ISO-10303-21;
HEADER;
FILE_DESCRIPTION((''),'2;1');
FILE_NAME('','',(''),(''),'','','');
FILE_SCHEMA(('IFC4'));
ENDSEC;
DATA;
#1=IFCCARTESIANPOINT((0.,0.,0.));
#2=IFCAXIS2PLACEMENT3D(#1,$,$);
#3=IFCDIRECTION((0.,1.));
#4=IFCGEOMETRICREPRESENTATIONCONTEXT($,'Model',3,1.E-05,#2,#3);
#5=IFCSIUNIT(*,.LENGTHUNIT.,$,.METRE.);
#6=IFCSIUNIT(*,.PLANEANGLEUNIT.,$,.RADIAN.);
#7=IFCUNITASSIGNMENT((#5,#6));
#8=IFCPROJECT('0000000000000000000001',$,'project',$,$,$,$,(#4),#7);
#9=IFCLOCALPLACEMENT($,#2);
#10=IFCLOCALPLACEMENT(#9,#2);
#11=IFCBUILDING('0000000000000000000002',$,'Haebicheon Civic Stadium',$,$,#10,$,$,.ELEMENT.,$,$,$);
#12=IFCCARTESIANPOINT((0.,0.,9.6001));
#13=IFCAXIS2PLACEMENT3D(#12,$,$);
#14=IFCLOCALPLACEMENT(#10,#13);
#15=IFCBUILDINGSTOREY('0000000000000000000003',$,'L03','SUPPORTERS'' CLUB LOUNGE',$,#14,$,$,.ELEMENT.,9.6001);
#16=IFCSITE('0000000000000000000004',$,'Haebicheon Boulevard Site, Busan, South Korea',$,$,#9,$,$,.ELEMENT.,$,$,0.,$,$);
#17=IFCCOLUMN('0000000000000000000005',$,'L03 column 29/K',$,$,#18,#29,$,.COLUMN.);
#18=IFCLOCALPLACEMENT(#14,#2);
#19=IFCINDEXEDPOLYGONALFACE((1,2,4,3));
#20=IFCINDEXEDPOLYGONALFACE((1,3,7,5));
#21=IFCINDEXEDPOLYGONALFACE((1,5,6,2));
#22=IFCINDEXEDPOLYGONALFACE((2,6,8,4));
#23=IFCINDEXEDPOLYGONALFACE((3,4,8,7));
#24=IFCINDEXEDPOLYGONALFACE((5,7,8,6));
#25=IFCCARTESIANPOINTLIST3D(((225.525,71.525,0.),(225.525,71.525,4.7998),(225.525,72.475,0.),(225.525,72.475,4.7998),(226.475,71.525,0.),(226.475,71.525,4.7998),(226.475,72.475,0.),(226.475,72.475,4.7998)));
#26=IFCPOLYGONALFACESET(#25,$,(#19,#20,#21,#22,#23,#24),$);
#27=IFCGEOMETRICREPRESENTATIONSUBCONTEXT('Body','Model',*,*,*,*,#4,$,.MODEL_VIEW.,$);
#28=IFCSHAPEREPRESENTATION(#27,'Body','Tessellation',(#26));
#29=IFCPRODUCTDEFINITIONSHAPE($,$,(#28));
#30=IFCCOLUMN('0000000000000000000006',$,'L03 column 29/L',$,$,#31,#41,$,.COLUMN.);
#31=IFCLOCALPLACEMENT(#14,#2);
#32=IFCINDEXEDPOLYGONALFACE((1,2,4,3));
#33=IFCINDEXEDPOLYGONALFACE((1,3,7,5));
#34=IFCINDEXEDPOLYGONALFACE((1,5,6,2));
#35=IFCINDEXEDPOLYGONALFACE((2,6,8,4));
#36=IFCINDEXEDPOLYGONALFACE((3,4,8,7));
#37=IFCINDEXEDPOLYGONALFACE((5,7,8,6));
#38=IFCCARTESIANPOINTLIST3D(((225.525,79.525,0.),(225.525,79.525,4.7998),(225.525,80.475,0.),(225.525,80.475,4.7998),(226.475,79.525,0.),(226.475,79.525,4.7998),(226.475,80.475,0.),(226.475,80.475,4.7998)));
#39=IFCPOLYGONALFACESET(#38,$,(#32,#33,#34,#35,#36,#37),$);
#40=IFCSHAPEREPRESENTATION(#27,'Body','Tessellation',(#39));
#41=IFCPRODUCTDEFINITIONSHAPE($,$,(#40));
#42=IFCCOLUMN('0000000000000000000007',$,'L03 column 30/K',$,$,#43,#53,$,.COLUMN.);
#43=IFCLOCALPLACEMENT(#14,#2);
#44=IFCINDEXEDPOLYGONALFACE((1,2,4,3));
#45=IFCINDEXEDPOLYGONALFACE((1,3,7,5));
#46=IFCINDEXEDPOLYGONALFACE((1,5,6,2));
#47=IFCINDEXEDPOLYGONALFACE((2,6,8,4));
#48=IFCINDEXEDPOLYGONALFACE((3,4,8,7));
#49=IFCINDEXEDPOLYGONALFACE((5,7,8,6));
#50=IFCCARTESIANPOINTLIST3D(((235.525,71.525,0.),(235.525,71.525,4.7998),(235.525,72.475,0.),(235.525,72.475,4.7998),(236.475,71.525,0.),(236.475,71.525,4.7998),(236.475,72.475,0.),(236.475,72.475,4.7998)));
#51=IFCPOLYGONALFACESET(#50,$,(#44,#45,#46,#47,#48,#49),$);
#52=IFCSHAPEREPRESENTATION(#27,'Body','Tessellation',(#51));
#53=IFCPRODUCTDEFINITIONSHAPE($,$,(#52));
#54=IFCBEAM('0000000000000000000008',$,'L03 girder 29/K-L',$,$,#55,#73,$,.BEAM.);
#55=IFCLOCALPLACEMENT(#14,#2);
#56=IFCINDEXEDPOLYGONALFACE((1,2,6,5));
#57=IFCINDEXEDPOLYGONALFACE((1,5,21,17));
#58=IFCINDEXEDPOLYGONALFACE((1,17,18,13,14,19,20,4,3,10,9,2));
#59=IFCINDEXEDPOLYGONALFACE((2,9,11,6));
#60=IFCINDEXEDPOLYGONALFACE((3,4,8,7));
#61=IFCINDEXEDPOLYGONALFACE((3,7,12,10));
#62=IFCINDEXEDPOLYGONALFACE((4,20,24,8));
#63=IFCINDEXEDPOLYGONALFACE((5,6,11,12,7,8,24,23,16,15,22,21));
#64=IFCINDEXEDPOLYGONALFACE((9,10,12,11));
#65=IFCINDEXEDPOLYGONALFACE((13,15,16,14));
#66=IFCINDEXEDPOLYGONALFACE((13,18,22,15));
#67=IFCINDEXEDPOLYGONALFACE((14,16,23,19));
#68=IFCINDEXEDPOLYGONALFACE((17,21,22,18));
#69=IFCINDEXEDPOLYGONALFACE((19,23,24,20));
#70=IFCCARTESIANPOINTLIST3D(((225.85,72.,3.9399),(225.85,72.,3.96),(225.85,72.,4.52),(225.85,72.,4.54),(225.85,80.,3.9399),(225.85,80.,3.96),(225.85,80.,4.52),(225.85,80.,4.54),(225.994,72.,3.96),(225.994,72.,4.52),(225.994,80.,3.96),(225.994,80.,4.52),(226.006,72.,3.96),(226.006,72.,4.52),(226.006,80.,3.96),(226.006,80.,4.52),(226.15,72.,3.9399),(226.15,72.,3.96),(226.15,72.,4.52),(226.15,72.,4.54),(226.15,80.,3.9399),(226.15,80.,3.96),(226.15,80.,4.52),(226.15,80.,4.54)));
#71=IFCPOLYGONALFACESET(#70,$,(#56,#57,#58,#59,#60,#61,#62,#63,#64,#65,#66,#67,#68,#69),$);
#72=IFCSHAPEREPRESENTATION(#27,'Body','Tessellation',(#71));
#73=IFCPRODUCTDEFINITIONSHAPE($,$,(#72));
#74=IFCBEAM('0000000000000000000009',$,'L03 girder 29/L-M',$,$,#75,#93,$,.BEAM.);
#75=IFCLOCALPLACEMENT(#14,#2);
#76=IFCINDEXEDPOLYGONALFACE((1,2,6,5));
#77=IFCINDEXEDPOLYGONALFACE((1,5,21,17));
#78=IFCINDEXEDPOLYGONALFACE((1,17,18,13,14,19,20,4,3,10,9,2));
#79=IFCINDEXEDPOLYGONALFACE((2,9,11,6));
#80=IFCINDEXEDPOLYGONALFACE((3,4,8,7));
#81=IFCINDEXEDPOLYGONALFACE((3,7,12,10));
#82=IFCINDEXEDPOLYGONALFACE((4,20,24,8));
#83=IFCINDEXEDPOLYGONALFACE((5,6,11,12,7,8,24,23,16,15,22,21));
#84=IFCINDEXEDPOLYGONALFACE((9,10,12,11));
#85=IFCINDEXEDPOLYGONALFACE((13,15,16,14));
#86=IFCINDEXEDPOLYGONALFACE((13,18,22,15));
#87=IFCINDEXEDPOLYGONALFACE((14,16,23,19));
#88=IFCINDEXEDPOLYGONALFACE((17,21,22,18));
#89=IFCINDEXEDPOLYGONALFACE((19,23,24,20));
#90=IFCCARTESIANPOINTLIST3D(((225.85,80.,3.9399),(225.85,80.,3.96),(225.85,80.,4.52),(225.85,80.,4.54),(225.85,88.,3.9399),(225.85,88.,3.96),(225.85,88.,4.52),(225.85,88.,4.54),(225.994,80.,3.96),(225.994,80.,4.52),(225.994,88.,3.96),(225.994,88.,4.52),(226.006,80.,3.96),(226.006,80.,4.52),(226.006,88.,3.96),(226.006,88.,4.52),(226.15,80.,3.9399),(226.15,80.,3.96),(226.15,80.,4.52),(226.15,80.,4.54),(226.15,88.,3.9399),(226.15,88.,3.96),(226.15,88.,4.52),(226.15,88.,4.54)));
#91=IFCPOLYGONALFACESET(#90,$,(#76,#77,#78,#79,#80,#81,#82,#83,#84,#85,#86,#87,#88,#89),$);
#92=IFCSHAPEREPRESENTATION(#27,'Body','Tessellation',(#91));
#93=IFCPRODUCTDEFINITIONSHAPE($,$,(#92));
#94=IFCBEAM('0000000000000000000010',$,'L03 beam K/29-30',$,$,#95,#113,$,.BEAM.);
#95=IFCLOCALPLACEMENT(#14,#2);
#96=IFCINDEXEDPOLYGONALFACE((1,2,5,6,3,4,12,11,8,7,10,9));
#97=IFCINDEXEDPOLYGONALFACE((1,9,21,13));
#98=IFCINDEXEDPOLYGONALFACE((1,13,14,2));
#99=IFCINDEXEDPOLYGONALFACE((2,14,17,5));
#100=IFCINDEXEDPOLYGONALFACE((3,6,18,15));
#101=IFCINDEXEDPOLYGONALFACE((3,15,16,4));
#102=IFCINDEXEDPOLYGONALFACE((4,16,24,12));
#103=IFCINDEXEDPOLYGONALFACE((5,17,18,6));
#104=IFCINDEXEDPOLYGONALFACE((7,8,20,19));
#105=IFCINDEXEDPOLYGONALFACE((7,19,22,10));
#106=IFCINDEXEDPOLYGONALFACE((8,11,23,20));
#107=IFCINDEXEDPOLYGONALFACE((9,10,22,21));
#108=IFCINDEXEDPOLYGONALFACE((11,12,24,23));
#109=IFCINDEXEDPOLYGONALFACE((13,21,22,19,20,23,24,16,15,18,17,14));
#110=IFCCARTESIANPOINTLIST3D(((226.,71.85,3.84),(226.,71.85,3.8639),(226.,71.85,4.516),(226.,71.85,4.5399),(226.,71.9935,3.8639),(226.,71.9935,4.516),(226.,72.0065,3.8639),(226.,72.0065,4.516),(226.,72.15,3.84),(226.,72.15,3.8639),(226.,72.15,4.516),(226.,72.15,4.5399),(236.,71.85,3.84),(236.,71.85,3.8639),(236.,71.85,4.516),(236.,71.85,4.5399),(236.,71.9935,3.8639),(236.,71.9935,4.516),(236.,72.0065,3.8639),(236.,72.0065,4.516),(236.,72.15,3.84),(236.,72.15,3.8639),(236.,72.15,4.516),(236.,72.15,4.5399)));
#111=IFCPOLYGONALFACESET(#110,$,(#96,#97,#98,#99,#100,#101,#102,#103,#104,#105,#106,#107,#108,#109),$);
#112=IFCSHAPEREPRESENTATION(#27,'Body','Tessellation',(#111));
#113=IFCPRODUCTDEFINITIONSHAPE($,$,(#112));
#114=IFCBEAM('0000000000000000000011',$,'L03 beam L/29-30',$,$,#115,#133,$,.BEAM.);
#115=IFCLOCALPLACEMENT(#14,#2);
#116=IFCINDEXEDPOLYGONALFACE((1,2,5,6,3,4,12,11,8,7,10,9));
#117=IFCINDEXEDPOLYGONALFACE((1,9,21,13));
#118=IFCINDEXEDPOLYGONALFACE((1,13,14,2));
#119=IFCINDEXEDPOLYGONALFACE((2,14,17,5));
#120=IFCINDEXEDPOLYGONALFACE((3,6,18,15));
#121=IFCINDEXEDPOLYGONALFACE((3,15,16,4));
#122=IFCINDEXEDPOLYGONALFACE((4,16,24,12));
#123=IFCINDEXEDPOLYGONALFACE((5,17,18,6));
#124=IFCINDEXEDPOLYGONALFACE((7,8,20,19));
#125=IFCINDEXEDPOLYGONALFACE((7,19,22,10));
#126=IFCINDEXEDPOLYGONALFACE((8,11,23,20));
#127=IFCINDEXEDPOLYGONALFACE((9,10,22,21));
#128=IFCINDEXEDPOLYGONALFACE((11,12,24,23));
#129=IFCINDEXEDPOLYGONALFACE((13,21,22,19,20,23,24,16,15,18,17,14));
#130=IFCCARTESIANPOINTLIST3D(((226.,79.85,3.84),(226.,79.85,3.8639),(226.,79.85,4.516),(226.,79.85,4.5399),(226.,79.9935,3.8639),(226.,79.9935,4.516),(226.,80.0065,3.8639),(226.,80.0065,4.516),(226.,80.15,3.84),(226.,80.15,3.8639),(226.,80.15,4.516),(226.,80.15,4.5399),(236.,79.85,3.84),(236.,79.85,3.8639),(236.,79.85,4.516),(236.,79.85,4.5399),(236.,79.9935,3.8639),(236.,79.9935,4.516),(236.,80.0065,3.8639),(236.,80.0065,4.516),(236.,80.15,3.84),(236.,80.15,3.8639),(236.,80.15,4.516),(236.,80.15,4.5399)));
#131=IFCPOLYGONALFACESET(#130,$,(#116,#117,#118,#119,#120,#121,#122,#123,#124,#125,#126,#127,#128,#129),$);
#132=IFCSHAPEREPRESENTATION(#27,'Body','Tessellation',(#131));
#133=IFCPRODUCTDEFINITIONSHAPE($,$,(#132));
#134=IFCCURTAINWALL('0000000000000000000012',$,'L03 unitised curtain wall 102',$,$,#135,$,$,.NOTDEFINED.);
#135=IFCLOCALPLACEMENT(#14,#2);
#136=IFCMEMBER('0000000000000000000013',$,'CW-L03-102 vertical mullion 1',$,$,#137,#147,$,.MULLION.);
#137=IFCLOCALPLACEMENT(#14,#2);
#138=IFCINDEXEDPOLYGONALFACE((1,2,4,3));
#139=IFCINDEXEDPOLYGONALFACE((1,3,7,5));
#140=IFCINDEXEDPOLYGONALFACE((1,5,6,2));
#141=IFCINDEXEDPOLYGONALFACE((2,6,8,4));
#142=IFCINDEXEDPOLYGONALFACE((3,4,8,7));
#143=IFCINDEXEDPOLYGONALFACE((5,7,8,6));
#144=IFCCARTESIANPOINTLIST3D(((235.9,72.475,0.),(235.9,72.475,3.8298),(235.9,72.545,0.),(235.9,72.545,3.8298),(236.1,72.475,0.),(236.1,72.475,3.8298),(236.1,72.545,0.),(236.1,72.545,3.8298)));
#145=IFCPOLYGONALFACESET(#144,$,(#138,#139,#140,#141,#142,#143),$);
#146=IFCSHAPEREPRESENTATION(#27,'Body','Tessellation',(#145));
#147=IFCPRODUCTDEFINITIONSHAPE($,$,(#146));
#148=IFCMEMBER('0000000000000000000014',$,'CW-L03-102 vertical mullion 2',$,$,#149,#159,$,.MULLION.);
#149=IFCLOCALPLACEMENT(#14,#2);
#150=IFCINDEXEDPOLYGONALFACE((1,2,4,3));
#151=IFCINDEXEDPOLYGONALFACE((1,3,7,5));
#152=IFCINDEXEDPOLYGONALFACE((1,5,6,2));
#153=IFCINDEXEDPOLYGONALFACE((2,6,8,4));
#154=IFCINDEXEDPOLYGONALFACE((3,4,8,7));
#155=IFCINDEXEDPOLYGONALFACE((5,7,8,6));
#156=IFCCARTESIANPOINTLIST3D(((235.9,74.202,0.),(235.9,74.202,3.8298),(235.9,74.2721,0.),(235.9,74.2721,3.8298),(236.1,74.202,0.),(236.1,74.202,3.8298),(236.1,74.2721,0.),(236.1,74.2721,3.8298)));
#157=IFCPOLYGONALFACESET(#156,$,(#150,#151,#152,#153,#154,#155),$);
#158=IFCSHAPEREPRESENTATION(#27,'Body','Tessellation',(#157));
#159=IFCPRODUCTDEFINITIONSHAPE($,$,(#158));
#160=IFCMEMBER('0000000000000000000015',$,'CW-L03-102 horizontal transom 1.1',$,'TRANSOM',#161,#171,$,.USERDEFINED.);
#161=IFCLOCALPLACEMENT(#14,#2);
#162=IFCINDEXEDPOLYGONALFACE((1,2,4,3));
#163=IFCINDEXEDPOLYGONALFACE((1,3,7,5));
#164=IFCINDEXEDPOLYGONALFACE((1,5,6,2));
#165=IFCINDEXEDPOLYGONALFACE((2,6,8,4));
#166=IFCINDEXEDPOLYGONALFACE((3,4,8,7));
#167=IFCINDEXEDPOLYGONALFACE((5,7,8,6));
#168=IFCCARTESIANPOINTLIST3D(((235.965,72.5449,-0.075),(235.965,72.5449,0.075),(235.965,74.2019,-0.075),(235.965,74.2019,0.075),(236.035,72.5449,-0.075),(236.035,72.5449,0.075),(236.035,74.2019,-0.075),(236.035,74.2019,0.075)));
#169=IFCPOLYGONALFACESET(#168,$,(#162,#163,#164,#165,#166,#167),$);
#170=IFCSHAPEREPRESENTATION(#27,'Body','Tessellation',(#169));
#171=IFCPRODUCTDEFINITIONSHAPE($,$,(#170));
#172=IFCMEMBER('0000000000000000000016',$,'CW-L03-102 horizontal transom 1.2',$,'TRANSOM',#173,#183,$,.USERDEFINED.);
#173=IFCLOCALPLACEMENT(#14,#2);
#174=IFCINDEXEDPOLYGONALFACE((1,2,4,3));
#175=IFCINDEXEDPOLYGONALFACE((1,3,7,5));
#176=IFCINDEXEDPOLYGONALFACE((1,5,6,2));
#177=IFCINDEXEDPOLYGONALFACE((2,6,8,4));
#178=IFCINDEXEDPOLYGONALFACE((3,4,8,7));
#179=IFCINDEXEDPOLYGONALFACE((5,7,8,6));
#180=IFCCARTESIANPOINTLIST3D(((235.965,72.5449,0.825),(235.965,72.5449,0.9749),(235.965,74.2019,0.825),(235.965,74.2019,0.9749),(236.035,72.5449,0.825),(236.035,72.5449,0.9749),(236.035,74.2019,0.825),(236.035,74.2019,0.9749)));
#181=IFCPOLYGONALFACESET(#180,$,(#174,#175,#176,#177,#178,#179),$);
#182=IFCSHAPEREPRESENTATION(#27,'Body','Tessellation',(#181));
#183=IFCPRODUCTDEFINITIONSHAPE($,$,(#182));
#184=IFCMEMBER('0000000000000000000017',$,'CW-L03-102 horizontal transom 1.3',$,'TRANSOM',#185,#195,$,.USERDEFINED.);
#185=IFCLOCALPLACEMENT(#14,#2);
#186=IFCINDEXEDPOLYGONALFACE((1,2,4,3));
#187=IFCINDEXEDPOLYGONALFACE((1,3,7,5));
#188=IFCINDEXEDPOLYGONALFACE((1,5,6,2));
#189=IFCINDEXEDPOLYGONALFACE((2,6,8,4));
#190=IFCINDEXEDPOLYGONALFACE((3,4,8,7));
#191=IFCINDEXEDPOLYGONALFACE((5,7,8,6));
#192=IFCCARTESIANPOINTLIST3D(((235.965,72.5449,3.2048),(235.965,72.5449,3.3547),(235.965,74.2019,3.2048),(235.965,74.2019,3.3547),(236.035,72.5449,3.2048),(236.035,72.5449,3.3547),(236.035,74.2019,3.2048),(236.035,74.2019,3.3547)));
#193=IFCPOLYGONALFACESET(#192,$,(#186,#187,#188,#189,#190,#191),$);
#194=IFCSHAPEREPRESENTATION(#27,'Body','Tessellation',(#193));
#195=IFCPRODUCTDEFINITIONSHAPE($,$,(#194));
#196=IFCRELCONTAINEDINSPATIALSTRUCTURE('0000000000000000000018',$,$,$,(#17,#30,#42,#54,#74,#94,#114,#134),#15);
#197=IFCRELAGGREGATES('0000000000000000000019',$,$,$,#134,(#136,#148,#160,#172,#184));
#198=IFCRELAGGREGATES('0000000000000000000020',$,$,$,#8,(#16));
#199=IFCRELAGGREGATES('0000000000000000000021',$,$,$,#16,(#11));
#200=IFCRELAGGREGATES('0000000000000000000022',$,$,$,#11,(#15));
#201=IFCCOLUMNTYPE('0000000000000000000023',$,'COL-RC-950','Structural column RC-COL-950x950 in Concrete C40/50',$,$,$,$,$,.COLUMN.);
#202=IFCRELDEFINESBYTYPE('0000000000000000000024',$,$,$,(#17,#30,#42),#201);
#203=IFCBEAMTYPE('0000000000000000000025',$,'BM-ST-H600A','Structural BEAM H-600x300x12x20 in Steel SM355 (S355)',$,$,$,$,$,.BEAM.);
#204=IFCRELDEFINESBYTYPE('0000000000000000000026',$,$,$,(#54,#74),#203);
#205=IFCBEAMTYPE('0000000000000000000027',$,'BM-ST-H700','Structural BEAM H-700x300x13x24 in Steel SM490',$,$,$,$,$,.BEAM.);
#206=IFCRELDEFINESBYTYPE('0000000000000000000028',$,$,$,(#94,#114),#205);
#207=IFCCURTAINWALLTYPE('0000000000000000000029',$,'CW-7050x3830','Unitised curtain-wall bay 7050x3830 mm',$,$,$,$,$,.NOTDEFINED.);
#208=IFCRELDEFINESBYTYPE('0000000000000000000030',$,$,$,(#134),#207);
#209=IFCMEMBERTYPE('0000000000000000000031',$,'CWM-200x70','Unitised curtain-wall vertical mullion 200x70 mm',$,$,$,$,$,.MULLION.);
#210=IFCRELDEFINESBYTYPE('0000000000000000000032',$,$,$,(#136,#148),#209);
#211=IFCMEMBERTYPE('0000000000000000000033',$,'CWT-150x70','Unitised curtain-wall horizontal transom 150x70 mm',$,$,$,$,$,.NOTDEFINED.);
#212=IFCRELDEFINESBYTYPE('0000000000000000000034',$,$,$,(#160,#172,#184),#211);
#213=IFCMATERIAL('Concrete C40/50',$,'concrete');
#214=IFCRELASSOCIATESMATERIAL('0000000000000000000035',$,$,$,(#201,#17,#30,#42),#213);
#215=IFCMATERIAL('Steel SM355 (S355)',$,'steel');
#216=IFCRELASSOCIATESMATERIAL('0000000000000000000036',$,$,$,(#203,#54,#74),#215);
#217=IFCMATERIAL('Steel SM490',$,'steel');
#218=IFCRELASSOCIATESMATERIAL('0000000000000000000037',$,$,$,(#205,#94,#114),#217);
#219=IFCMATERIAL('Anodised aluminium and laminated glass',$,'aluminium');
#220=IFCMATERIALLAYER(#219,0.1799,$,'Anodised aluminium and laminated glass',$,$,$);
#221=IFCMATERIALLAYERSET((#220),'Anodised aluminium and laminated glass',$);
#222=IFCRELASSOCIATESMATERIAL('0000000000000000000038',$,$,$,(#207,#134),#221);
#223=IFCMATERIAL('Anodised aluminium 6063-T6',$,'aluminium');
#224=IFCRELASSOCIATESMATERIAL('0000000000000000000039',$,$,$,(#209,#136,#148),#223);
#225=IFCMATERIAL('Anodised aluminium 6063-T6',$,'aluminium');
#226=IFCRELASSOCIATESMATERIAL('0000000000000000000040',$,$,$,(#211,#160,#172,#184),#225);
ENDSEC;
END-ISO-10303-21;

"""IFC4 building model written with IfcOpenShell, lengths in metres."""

from ifc_helpers import new_model, si_unit, direction, frame, origin, origin_2d, place, context, subcontext, project, spatial, rectangle, i_section, extrude, material, layer, layer_set, material_profile, profile_set, type_object, element, aggregate, save


model = new_model("IFC4")

# Units and contexts
model_context = context("Model", 3, precision=1e-05, world=origin(), true_north=direction((0.0, 1.0)))
body_context = subcontext(model_context, "Body", "Model", "MODEL_VIEW")
ifc_project = project(units=[si_unit("LENGTHUNIT", "METRE"), si_unit("PLANEANGLEUNIT", "RADIAN")], contexts=[model_context])

# Site, building, storey
site_placement = place(None, origin())
site = spatial("IfcSite", under=ifc_project, at=site_placement, Name="Haebicheon Boulevard Site, Busan, South Korea", CompositionType="ELEMENT", RefElevation=0.0)
building_placement = place(site_placement, origin())
building = spatial("IfcBuilding", under=site, at=building_placement, Name="Haebicheon Civic Stadium", CompositionType="ELEMENT")
storey_placement = place(building_placement, frame((0.0, 0.0, 9.6001)))
storey = spatial("IfcBuildingStorey", under=building, at=storey_placement, Name="L03", Description="SUPPORTERS' CLUB LOUNGE", CompositionType="ELEMENT", Elevation=9.6001)

# Columns
ifc_material_1 = material(Name="Concrete C40/50", Category="concrete")
ifc_material_profile_1 = material_profile(ifc_material_1, rectangle(XDim=0.95, YDim=0.95, at=origin_2d()), Name="RC-COL-950x950")
ifc_profile_set_1 = profile_set([ifc_material_profile_1], Name="Concrete C40/50")
column_type = type_object("IfcColumnType", Name="COL-RC-950", Description="Structural column RC-COL-950x950 in Concrete C40/50", PredefinedType="COLUMN", material=ifc_profile_set_1)
for number, where, z_axis, x_axis, name in (
    (1, (226.0, 72.0, 0.0), (0.0, 0.0, 1.0), (1.0, 0.0, 0.0), "L03 column 29/K"),
    (2, (226.0, 80.0, 0.0), (0.0, 0.0, 1.0), (1.0, 0.0, 0.0), "L03 column 29/L"),
    (3, (236.0, 72.0, 0.0), (0.0, 0.0, 1.0), (1.0, 0.0, 0.0), "L03 column 30/K"),
):
    element("IfcColumn", number, at=place(storey_placement, frame(where, z_axis=z_axis, x_axis=x_axis)), inside=storey, type_object=column_type, material=ifc_profile_set_1, Name=name, PredefinedType="COLUMN", context=body_context, shape_type="SweptSolid", body=[
        extrude(rectangle(XDim=0.95, YDim=0.95, at=origin_2d()), origin(), (0.0, 0.0, 1.0), 4.7998),
    ])

# Beams
ifc_material_2 = material(Name="Steel SM355 (S355)", Category="steel")
ifc_material_profile_2 = material_profile(ifc_material_2, i_section(OverallWidth=0.3, OverallDepth=0.6001, WebThickness=0.012, FlangeThickness=0.02, at=origin_2d()), Name="H-600x300x12x20")
ifc_profile_set_2 = profile_set([ifc_material_profile_2], Name="Steel SM355 (S355)")
beam_type_1 = type_object("IfcBeamType", Name="BM-ST-H600A", Description="Structural BEAM H-600x300x12x20 in Steel SM355 (S355)", PredefinedType="BEAM", material=ifc_profile_set_2)
for number, where, z_axis, x_axis, name in (
    (4, (226.0, 72.0, 4.24), (0.0, 1.0, 0.0), (-1.0, 0.0, 0.0), "L03 girder 29/K-L"),
    (5, (226.0, 80.0, 4.24), (0.0, 1.0, 0.0), (-1.0, 0.0, 0.0), "L03 girder 29/L-M"),
):
    element("IfcBeam", number, at=place(storey_placement, frame(where, z_axis=z_axis, x_axis=x_axis)), inside=storey, type_object=beam_type_1, material=ifc_profile_set_2, Name=name, PredefinedType="BEAM", context=body_context, shape_type="SweptSolid", body=[
        extrude(i_section(OverallWidth=0.3, OverallDepth=0.6001, WebThickness=0.012, FlangeThickness=0.02, at=origin_2d()), origin(), (0.0, 0.0, 1.0), 8.0),
    ])
ifc_material_3 = material(Name="Steel SM490", Category="steel")
ifc_material_profile_3 = material_profile(ifc_material_3, i_section(OverallWidth=0.3, OverallDepth=0.7, WebThickness=0.0129, FlangeThickness=0.0239, at=origin_2d()), Name="H-700x300x13x24")
ifc_profile_set_3 = profile_set([ifc_material_profile_3], Name="Steel SM490")
beam_type_2 = type_object("IfcBeamType", Name="BM-ST-H700", Description="Structural BEAM H-700x300x13x24 in Steel SM490", PredefinedType="BEAM", material=ifc_profile_set_3)
for number, where, z_axis, x_axis, name in (
    (6, (226.0, 72.0, 4.1899), (1.0, 0.0, 0.0), (0.0, 1.0, 0.0), "L03 beam K/29-30"),
    (7, (226.0, 80.0, 4.1899), (1.0, 0.0, 0.0), (0.0, 1.0, 0.0), "L03 beam L/29-30"),
):
    element("IfcBeam", number, at=place(storey_placement, frame(where, z_axis=z_axis, x_axis=x_axis)), inside=storey, type_object=beam_type_2, material=ifc_profile_set_3, Name=name, PredefinedType="BEAM", context=body_context, shape_type="SweptSolid", body=[
        extrude(i_section(OverallWidth=0.3, OverallDepth=0.7, WebThickness=0.0129, FlangeThickness=0.0239, at=origin_2d()), origin(), (0.0, 0.0, 1.0), 10.0),
    ])

# Curtain wall, members
ifc_material_4 = material(Name="Anodised aluminium and laminated glass", Category="aluminium")
ifc_layer_1 = layer(ifc_material_4, 0.1799, Name="Anodised aluminium and laminated glass")
ifc_layer_set_1 = layer_set([ifc_layer_1], Name="Anodised aluminium and laminated glass")
curtain_wall_type = type_object("IfcCurtainWallType", Name="CW-7050x3830", Description="Unitised curtain-wall bay 7050x3830 mm", PredefinedType="NOTDEFINED", material=ifc_layer_set_1)
curtain_wall_placement = place(storey_placement, origin())
curtain_wall = element("IfcCurtainWall", 8, at=curtain_wall_placement, inside=storey, type_object=curtain_wall_type, material=ifc_layer_set_1, Name="L03 unitised curtain wall 102", PredefinedType="NOTDEFINED")
ifc_material_5 = material(Name="Anodised aluminium 6063-T6", Category="aluminium")
ifc_material_profile_4 = material_profile(ifc_material_5, rectangle(XDim=0.0701, YDim=0.2, at=origin_2d()), Name="ALU-MULL-70x200")
ifc_profile_set_4 = profile_set([ifc_material_profile_4], Name="Anodised aluminium 6063-T6")
member_type_1 = type_object("IfcMemberType", Name="CWM-200x70", Description="Unitised curtain-wall vertical mullion 200x70 mm", PredefinedType="MULLION", material=ifc_profile_set_4)
member_1_placement = place(storey_placement, frame((236.0, 72.51, 0.0), z_axis=(0.0, 0.0, 1.0), x_axis=(0.0, 1.0, 0.0)))
member_1 = element("IfcMember", 9, at=member_1_placement, type_object=member_type_1, material=ifc_profile_set_4, Name="CW-L03-102 vertical mullion 1", PredefinedType="MULLION", context=body_context, shape_type="SweptSolid", body=[
    extrude(rectangle(XDim=0.0701, YDim=0.2, at=origin_2d()), origin(), (0.0, 0.0, 1.0), 3.8298),
])
member_2_placement = place(storey_placement, frame((236.0, 74.2371, 0.0), z_axis=(0.0, 0.0, 1.0), x_axis=(0.0, 1.0, 0.0)))
member_2 = element("IfcMember", 10, at=member_2_placement, type_object=member_type_1, material=ifc_profile_set_4, Name="CW-L03-102 vertical mullion 2", PredefinedType="MULLION", context=body_context, shape_type="SweptSolid", body=[
    extrude(rectangle(XDim=0.0701, YDim=0.2, at=origin_2d()), origin(), (0.0, 0.0, 1.0), 3.8298),
])
ifc_material_6 = material(Name="Anodised aluminium 6063-T6", Category="aluminium")
ifc_material_profile_5 = material_profile(ifc_material_6, rectangle(XDim=0.0701, YDim=0.1499, at=origin_2d()), Name="ALU-TRAN-70x150")
ifc_profile_set_5 = profile_set([ifc_material_profile_5], Name="Anodised aluminium 6063-T6")
member_type_2 = type_object("IfcMemberType", Name="CWT-150x70", Description="Unitised curtain-wall horizontal transom 150x70 mm", PredefinedType="NOTDEFINED", material=ifc_profile_set_5)
member_3_placement = place(storey_placement, frame((236.0, 72.5449, 0.0), z_axis=(0.0, 1.0, 0.0), x_axis=(-1.0, 0.0, 0.0)))
member_3 = element("IfcMember", 11, at=member_3_placement, type_object=member_type_2, material=ifc_profile_set_5, Name="CW-L03-102 horizontal transom 1.1", ObjectType="TRANSOM", PredefinedType="USERDEFINED", context=body_context, shape_type="SweptSolid", body=[
    extrude(rectangle(XDim=0.0701, YDim=0.1499, at=origin_2d()), origin(), (0.0, 0.0, 1.0), 1.657),
])
member_4_placement = place(storey_placement, frame((236.0, 72.5449, 0.8999), z_axis=(0.0, 1.0, 0.0), x_axis=(-1.0, 0.0, 0.0)))
member_4 = element("IfcMember", 12, at=member_4_placement, type_object=member_type_2, material=ifc_profile_set_5, Name="CW-L03-102 horizontal transom 1.2", ObjectType="TRANSOM", PredefinedType="USERDEFINED", context=body_context, shape_type="SweptSolid", body=[
    extrude(rectangle(XDim=0.0701, YDim=0.1499, at=origin_2d()), origin(), (0.0, 0.0, 1.0), 1.657),
])
member_5_placement = place(storey_placement, frame((236.0, 72.5449, 3.2798), z_axis=(0.0, 1.0, 0.0), x_axis=(-1.0, 0.0, 0.0)))
member_5 = element("IfcMember", 13, at=member_5_placement, type_object=member_type_2, material=ifc_profile_set_5, Name="CW-L03-102 horizontal transom 1.3", ObjectType="TRANSOM", PredefinedType="USERDEFINED", context=body_context, shape_type="SweptSolid", body=[
    extrude(rectangle(XDim=0.0701, YDim=0.1499, at=origin_2d()), origin(), (0.0, 0.0, 1.0), 1.657),
])

aggregate(curtain_wall, [member_1, member_2, member_3, member_4, member_5])

save(model, "model.ifc")
